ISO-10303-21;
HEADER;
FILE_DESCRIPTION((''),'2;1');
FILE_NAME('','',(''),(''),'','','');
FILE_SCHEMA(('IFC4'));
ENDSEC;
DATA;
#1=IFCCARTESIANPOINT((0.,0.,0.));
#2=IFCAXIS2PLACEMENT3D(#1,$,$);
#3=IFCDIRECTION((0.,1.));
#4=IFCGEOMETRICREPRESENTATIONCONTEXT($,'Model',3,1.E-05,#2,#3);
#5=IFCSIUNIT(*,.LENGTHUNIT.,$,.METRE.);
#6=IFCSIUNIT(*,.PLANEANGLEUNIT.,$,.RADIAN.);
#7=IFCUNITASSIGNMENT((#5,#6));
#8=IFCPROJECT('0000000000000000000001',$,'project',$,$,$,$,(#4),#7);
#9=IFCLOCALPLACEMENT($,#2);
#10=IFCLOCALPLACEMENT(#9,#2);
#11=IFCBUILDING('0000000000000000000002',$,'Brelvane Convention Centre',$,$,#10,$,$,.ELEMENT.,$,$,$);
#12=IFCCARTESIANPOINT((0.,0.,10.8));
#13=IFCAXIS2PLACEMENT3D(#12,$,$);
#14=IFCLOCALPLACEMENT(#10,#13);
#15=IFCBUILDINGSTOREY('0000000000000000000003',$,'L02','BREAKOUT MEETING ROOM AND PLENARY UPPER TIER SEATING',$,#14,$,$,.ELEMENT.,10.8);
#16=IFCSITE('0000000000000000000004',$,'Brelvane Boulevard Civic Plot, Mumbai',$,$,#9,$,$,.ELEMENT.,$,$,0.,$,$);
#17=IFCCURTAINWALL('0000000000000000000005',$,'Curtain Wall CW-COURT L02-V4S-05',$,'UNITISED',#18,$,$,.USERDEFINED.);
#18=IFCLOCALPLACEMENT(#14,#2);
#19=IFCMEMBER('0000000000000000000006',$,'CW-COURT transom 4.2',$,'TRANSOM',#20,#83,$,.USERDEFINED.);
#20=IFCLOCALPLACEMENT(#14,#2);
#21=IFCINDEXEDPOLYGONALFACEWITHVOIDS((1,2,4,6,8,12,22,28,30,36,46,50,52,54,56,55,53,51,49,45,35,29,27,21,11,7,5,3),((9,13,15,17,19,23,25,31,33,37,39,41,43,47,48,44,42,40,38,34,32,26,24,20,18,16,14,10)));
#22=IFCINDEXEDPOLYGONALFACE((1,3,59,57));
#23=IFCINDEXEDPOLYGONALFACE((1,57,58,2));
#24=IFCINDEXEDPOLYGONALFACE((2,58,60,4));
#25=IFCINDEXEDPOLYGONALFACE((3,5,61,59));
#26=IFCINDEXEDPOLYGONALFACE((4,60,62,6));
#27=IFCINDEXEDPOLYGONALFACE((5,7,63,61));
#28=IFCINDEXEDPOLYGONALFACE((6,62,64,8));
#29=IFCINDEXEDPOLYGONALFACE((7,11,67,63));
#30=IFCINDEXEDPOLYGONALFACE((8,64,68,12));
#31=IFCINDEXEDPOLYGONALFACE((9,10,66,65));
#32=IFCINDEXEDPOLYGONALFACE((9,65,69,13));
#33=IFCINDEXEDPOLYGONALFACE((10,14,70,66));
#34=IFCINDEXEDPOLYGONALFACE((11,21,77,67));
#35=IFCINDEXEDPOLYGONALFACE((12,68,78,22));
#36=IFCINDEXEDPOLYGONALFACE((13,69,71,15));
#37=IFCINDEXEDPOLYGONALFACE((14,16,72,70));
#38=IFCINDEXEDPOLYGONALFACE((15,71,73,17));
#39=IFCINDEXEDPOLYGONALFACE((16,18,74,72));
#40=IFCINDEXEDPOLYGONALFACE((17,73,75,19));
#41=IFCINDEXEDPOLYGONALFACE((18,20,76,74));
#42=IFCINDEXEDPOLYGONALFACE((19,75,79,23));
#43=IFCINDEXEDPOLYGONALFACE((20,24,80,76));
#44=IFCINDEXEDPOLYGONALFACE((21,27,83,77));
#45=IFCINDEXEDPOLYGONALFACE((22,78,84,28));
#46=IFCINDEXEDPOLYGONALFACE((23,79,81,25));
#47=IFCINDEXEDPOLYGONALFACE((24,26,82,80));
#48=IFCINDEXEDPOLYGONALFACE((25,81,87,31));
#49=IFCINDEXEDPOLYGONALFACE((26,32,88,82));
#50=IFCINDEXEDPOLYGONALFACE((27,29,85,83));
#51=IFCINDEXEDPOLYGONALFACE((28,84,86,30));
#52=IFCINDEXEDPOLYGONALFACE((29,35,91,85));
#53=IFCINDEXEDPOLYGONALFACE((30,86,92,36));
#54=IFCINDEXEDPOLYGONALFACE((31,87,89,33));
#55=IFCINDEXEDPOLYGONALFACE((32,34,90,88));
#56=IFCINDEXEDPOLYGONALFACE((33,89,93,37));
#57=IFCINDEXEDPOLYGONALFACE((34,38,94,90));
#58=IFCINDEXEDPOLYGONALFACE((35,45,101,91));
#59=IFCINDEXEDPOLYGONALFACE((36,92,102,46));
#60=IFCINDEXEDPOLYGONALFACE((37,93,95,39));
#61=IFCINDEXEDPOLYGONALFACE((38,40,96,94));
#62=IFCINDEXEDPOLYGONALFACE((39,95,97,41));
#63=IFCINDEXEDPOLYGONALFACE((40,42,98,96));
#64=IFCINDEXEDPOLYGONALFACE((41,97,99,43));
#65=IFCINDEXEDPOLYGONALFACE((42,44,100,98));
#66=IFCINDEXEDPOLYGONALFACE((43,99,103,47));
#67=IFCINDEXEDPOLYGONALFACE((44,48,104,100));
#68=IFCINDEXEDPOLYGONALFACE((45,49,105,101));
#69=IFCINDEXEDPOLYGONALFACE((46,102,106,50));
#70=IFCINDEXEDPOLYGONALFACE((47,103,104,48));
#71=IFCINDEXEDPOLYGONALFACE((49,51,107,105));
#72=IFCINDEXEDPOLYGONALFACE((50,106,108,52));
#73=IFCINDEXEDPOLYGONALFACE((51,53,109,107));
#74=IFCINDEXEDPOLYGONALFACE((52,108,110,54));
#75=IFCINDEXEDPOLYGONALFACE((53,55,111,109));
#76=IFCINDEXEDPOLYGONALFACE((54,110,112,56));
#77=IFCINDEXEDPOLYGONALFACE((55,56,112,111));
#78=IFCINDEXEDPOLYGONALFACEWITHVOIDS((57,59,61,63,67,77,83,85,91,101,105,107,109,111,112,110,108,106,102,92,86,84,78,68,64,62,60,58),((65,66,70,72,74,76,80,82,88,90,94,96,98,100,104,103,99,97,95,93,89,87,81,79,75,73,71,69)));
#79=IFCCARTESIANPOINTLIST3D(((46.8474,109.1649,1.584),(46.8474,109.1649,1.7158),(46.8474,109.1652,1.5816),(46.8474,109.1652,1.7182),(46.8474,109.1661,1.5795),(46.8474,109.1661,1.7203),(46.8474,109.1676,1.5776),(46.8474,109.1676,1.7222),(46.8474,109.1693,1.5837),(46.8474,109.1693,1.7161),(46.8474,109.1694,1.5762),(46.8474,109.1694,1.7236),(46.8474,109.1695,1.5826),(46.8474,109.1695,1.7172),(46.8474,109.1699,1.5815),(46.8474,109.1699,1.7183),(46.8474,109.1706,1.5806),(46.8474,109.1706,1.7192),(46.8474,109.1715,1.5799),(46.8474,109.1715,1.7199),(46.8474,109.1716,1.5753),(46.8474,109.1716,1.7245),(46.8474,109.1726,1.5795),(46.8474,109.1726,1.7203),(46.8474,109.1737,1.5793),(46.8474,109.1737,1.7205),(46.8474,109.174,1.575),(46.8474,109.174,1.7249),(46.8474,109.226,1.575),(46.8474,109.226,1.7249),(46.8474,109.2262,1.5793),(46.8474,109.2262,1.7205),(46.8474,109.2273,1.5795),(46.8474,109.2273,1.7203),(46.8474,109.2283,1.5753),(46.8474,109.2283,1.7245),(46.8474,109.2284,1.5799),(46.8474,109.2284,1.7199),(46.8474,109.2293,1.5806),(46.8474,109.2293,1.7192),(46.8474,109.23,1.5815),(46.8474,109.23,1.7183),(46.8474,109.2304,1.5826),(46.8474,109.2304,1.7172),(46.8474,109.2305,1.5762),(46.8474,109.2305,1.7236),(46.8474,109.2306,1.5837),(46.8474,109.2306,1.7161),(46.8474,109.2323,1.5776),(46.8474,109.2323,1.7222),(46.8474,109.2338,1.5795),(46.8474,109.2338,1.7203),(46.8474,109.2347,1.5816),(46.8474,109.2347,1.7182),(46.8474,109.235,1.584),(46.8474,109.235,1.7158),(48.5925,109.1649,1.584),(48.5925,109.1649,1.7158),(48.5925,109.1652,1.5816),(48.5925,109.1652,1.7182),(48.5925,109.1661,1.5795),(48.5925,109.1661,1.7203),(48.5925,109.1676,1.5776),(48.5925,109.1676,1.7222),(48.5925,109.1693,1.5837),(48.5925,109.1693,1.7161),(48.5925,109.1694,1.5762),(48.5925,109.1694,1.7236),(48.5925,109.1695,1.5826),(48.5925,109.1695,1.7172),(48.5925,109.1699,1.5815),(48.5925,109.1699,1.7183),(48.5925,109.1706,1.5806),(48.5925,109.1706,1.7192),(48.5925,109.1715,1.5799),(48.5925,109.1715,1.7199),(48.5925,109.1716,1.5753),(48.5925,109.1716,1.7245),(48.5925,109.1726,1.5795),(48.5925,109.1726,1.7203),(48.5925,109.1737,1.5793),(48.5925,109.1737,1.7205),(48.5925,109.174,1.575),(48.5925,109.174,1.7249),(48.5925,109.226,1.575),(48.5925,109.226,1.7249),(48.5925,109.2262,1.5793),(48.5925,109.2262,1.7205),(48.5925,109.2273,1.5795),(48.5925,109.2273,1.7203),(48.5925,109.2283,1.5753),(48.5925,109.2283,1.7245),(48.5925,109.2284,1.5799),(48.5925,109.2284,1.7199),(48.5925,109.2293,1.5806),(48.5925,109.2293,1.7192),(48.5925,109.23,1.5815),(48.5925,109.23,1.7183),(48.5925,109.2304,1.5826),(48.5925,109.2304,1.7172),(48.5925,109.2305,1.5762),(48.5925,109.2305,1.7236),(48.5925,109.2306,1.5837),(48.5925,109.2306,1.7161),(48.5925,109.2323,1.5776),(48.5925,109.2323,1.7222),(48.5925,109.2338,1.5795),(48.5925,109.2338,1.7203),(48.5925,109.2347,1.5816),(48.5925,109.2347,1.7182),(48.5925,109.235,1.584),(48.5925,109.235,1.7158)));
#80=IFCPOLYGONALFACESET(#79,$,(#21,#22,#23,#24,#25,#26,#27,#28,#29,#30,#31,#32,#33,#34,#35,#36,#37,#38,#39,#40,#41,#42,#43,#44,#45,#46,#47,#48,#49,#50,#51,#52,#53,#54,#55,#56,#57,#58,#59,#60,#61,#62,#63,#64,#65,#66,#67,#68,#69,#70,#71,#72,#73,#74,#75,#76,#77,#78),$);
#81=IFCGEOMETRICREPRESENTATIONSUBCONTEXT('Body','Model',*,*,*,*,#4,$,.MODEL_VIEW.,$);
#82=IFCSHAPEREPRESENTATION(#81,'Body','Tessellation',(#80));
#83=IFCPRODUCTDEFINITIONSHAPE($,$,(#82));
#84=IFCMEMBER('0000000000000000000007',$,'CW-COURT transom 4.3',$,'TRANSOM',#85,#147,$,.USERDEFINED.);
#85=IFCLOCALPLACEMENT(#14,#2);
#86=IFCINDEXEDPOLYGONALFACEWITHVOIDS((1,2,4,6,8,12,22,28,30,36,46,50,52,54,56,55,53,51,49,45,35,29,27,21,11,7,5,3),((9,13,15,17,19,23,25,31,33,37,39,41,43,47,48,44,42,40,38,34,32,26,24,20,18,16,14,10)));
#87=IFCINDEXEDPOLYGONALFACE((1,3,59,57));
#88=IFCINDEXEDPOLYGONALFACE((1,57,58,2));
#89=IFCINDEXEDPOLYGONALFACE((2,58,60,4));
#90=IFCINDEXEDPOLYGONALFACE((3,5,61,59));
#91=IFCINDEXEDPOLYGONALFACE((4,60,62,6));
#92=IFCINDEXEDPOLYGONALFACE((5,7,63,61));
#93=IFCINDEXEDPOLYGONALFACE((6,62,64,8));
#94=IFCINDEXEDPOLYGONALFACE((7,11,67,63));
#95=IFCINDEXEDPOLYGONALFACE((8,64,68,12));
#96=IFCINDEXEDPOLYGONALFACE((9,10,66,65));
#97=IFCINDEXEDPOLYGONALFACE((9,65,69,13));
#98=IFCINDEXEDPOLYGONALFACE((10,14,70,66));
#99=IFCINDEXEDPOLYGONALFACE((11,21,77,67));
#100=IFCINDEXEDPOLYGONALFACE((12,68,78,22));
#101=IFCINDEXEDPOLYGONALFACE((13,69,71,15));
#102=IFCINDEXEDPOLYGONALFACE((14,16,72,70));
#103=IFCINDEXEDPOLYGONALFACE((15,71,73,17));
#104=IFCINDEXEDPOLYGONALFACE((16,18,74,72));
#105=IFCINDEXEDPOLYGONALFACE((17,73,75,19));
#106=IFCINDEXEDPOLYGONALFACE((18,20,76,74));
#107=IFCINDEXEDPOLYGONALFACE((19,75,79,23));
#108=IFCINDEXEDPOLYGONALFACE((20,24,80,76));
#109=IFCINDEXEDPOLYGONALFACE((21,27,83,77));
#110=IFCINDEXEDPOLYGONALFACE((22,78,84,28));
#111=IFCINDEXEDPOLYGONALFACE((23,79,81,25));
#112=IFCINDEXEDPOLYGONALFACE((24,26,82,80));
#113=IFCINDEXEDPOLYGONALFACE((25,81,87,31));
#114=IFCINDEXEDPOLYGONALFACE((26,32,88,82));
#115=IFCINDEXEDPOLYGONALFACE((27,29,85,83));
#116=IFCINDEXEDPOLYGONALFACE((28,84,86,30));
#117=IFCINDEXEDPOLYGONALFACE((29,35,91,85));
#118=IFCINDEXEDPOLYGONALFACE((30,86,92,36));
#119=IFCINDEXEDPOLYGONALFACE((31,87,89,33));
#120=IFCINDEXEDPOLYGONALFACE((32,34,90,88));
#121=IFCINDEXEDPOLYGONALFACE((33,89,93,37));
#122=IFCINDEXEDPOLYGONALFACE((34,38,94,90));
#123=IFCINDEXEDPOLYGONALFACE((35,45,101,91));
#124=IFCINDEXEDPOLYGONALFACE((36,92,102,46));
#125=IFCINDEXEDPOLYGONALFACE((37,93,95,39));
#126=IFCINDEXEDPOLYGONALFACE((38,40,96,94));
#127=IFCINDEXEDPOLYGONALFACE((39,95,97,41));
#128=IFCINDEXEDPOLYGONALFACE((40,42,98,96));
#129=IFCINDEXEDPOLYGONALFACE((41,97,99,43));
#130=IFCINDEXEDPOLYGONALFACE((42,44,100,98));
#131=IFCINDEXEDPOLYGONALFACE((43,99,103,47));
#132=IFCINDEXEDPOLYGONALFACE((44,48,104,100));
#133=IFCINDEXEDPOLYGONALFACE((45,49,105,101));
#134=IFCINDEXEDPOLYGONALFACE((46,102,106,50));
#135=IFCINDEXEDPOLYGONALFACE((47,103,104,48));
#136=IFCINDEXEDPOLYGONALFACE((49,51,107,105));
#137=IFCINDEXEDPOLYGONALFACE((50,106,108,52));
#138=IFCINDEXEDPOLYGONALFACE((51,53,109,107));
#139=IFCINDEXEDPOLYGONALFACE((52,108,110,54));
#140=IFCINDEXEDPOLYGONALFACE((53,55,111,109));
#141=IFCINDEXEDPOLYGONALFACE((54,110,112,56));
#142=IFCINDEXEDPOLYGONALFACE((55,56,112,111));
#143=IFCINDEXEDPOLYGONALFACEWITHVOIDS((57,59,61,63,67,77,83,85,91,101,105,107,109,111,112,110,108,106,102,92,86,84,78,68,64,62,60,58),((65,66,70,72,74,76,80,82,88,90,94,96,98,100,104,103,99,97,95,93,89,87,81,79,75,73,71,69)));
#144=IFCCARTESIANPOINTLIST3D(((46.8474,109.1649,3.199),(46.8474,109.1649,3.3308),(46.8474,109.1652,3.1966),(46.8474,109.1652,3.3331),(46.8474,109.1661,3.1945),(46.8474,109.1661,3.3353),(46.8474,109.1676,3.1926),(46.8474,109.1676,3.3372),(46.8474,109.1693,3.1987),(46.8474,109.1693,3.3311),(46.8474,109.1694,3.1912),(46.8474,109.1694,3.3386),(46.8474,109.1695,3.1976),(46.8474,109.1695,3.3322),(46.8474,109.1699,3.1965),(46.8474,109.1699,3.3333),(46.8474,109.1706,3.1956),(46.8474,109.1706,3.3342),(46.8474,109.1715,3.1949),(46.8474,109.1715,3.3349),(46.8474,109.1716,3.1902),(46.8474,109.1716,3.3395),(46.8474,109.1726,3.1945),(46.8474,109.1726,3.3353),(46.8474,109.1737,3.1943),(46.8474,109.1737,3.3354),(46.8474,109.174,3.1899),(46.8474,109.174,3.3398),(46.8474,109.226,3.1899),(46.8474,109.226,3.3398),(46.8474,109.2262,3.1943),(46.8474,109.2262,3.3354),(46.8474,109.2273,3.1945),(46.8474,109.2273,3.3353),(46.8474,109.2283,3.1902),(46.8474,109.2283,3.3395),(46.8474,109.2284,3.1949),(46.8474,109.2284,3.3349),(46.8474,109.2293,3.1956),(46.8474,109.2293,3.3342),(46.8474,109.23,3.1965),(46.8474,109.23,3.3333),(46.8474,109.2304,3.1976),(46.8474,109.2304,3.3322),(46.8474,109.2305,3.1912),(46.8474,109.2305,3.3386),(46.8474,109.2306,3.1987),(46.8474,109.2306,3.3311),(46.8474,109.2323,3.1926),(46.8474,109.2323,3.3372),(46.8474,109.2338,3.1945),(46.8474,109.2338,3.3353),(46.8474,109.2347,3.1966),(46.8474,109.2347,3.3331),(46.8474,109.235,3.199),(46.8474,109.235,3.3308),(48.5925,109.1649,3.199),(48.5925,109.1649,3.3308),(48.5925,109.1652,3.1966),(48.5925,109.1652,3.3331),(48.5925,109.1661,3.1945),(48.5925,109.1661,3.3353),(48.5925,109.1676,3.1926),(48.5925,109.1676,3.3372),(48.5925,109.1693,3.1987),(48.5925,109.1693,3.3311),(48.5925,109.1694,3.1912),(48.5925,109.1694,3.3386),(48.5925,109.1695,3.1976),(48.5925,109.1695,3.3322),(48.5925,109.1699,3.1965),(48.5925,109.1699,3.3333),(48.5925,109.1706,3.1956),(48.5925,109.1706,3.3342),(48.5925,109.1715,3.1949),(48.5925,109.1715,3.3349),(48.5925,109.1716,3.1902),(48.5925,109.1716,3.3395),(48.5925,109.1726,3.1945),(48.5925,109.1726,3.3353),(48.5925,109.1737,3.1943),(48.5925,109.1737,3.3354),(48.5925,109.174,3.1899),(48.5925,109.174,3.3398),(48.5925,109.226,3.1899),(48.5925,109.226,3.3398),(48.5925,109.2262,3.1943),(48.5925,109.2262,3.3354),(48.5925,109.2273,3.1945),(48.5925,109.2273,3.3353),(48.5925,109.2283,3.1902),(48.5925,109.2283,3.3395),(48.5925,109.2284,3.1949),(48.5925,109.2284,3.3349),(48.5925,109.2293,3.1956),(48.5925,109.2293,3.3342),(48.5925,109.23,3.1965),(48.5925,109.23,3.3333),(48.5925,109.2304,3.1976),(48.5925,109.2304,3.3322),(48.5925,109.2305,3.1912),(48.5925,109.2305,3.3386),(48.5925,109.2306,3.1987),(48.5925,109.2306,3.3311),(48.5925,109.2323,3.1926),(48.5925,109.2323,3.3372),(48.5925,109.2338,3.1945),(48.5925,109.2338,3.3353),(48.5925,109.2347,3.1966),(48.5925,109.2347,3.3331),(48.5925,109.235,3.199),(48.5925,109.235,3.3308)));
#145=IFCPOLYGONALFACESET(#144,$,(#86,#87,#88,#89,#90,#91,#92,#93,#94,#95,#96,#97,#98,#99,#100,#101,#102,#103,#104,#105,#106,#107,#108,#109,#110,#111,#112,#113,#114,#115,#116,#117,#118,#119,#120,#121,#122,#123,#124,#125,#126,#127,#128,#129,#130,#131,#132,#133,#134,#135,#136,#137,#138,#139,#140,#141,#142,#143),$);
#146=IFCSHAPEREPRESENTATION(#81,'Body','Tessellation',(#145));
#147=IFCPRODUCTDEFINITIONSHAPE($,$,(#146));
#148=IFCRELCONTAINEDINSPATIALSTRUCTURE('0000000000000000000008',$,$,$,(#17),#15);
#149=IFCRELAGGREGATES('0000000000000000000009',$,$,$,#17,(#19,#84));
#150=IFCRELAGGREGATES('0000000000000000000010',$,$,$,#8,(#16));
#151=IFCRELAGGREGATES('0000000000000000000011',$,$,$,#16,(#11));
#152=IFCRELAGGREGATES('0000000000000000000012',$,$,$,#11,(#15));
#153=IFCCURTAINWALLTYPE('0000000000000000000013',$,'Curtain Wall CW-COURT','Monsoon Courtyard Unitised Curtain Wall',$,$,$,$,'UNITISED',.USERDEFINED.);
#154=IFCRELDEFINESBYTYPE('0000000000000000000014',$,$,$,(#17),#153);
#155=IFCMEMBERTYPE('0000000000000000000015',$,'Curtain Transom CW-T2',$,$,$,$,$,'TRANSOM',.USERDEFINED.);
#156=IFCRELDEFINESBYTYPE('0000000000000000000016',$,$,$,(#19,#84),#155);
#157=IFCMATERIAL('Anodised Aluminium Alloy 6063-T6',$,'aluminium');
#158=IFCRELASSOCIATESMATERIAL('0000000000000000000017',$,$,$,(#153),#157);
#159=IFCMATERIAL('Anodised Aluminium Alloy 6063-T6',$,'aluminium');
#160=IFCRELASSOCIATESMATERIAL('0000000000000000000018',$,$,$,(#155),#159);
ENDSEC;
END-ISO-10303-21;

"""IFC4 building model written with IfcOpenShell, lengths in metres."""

from ifc_helpers import new_model, si_unit, direction, frame, origin, origin_2d, place, context, subcontext, project, spatial, hollow_rectangle, extrude, material, material_profile, profile_set, type_object, element, aggregate, save


model = new_model("IFC4")

# Units and contexts
model_context = context("Model", 3, precision=1e-05, world=origin(), true_north=direction((0.0, 1.0)))
body_context = subcontext(model_context, "Body", "Model", "MODEL_VIEW")
ifc_project = project(units=[si_unit("LENGTHUNIT", "METRE"), si_unit("PLANEANGLEUNIT", "RADIAN")], contexts=[model_context])

# Site, building, storey
site_placement = place(None, origin())
site = spatial("IfcSite", under=ifc_project, at=site_placement, Name="Brelvane Boulevard Civic Plot, Mumbai", CompositionType="ELEMENT", RefElevation=0.0)
building_placement = place(site_placement, origin())
building = spatial("IfcBuilding", under=site, at=building_placement, Name="Brelvane Convention Centre", CompositionType="ELEMENT")
storey_placement = place(building_placement, frame((0.0, 0.0, 10.8)))
storey = spatial("IfcBuildingStorey", under=building, at=storey_placement, Name="L02", Description="BREAKOUT MEETING ROOM AND PLENARY UPPER TIER SEATING", CompositionType="ELEMENT", Elevation=10.8)

# Curtain wall, members
ifc_material_1 = material(Name="Anodised Aluminium Alloy 6063-T6", Category="aluminium")
curtain_wall_type = type_object("IfcCurtainWallType", Name="Curtain Wall CW-COURT", Description="Monsoon Courtyard Unitised Curtain Wall", ElementType="UNITISED", PredefinedType="USERDEFINED", material=ifc_material_1)
curtain_wall_placement = place(storey_placement, origin())
curtain_wall = element("IfcCurtainWall", 1, at=curtain_wall_placement, inside=storey, type_object=curtain_wall_type, Name="Curtain Wall CW-COURT L02-V4S-05", ObjectType="UNITISED", PredefinedType="USERDEFINED")
ifc_material_2 = material(Name="Anodised Aluminium Alloy 6063-T6", Category="aluminium")
ifc_material_profile_1 = material_profile(ifc_material_2, hollow_rectangle(XDim=0.0701, YDim=0.1499, WallThickness=0.0044, InnerFilletRadius=0.0044, OuterFilletRadius=0.009, at=origin_2d()), Name="ALU-T 150x70x4.5")
ifc_profile_set_1 = profile_set([ifc_material_profile_1], Name="Anodised Aluminium Alloy 6063-T6")
member_type_1 = type_object("IfcMemberType", Name="Curtain Transom CW-T2", ElementType="TRANSOM", PredefinedType="USERDEFINED", material=ifc_profile_set_1)
member_1_placement = place(storey_placement, frame((46.8474, 109.2, 1.6499), z_axis=(1.0, 0.0, 0.0), x_axis=(0.0, 1.0, 0.0)))
member_1 = element("IfcMember", 2, at=member_1_placement, type_object=member_type_1, Name="CW-COURT transom 4.2", ObjectType="TRANSOM", PredefinedType="USERDEFINED", context=body_context, shape_type="SweptSolid", body=[
    extrude(hollow_rectangle(XDim=0.0701, YDim=0.1499, WallThickness=0.0044, InnerFilletRadius=0.0044, OuterFilletRadius=0.009, at=origin_2d()), origin(), (0.0, 0.0, 1.0), 1.7451),
])
member_2_placement = place(storey_placement, frame((46.8474, 109.2, 3.2649), z_axis=(1.0, 0.0, 0.0), x_axis=(0.0, 1.0, 0.0)))
member_2 = element("IfcMember", 3, at=member_2_placement, type_object=member_type_1, Name="CW-COURT transom 4.3", ObjectType="TRANSOM", PredefinedType="USERDEFINED", context=body_context, shape_type="SweptSolid", body=[
    extrude(hollow_rectangle(XDim=0.0701, YDim=0.1499, WallThickness=0.0044, InnerFilletRadius=0.0044, OuterFilletRadius=0.009, at=origin_2d()), origin(), (0.0, 0.0, 1.0), 1.7451),
])

aggregate(curtain_wall, [member_1, member_2])

save(model, "model.ifc")
